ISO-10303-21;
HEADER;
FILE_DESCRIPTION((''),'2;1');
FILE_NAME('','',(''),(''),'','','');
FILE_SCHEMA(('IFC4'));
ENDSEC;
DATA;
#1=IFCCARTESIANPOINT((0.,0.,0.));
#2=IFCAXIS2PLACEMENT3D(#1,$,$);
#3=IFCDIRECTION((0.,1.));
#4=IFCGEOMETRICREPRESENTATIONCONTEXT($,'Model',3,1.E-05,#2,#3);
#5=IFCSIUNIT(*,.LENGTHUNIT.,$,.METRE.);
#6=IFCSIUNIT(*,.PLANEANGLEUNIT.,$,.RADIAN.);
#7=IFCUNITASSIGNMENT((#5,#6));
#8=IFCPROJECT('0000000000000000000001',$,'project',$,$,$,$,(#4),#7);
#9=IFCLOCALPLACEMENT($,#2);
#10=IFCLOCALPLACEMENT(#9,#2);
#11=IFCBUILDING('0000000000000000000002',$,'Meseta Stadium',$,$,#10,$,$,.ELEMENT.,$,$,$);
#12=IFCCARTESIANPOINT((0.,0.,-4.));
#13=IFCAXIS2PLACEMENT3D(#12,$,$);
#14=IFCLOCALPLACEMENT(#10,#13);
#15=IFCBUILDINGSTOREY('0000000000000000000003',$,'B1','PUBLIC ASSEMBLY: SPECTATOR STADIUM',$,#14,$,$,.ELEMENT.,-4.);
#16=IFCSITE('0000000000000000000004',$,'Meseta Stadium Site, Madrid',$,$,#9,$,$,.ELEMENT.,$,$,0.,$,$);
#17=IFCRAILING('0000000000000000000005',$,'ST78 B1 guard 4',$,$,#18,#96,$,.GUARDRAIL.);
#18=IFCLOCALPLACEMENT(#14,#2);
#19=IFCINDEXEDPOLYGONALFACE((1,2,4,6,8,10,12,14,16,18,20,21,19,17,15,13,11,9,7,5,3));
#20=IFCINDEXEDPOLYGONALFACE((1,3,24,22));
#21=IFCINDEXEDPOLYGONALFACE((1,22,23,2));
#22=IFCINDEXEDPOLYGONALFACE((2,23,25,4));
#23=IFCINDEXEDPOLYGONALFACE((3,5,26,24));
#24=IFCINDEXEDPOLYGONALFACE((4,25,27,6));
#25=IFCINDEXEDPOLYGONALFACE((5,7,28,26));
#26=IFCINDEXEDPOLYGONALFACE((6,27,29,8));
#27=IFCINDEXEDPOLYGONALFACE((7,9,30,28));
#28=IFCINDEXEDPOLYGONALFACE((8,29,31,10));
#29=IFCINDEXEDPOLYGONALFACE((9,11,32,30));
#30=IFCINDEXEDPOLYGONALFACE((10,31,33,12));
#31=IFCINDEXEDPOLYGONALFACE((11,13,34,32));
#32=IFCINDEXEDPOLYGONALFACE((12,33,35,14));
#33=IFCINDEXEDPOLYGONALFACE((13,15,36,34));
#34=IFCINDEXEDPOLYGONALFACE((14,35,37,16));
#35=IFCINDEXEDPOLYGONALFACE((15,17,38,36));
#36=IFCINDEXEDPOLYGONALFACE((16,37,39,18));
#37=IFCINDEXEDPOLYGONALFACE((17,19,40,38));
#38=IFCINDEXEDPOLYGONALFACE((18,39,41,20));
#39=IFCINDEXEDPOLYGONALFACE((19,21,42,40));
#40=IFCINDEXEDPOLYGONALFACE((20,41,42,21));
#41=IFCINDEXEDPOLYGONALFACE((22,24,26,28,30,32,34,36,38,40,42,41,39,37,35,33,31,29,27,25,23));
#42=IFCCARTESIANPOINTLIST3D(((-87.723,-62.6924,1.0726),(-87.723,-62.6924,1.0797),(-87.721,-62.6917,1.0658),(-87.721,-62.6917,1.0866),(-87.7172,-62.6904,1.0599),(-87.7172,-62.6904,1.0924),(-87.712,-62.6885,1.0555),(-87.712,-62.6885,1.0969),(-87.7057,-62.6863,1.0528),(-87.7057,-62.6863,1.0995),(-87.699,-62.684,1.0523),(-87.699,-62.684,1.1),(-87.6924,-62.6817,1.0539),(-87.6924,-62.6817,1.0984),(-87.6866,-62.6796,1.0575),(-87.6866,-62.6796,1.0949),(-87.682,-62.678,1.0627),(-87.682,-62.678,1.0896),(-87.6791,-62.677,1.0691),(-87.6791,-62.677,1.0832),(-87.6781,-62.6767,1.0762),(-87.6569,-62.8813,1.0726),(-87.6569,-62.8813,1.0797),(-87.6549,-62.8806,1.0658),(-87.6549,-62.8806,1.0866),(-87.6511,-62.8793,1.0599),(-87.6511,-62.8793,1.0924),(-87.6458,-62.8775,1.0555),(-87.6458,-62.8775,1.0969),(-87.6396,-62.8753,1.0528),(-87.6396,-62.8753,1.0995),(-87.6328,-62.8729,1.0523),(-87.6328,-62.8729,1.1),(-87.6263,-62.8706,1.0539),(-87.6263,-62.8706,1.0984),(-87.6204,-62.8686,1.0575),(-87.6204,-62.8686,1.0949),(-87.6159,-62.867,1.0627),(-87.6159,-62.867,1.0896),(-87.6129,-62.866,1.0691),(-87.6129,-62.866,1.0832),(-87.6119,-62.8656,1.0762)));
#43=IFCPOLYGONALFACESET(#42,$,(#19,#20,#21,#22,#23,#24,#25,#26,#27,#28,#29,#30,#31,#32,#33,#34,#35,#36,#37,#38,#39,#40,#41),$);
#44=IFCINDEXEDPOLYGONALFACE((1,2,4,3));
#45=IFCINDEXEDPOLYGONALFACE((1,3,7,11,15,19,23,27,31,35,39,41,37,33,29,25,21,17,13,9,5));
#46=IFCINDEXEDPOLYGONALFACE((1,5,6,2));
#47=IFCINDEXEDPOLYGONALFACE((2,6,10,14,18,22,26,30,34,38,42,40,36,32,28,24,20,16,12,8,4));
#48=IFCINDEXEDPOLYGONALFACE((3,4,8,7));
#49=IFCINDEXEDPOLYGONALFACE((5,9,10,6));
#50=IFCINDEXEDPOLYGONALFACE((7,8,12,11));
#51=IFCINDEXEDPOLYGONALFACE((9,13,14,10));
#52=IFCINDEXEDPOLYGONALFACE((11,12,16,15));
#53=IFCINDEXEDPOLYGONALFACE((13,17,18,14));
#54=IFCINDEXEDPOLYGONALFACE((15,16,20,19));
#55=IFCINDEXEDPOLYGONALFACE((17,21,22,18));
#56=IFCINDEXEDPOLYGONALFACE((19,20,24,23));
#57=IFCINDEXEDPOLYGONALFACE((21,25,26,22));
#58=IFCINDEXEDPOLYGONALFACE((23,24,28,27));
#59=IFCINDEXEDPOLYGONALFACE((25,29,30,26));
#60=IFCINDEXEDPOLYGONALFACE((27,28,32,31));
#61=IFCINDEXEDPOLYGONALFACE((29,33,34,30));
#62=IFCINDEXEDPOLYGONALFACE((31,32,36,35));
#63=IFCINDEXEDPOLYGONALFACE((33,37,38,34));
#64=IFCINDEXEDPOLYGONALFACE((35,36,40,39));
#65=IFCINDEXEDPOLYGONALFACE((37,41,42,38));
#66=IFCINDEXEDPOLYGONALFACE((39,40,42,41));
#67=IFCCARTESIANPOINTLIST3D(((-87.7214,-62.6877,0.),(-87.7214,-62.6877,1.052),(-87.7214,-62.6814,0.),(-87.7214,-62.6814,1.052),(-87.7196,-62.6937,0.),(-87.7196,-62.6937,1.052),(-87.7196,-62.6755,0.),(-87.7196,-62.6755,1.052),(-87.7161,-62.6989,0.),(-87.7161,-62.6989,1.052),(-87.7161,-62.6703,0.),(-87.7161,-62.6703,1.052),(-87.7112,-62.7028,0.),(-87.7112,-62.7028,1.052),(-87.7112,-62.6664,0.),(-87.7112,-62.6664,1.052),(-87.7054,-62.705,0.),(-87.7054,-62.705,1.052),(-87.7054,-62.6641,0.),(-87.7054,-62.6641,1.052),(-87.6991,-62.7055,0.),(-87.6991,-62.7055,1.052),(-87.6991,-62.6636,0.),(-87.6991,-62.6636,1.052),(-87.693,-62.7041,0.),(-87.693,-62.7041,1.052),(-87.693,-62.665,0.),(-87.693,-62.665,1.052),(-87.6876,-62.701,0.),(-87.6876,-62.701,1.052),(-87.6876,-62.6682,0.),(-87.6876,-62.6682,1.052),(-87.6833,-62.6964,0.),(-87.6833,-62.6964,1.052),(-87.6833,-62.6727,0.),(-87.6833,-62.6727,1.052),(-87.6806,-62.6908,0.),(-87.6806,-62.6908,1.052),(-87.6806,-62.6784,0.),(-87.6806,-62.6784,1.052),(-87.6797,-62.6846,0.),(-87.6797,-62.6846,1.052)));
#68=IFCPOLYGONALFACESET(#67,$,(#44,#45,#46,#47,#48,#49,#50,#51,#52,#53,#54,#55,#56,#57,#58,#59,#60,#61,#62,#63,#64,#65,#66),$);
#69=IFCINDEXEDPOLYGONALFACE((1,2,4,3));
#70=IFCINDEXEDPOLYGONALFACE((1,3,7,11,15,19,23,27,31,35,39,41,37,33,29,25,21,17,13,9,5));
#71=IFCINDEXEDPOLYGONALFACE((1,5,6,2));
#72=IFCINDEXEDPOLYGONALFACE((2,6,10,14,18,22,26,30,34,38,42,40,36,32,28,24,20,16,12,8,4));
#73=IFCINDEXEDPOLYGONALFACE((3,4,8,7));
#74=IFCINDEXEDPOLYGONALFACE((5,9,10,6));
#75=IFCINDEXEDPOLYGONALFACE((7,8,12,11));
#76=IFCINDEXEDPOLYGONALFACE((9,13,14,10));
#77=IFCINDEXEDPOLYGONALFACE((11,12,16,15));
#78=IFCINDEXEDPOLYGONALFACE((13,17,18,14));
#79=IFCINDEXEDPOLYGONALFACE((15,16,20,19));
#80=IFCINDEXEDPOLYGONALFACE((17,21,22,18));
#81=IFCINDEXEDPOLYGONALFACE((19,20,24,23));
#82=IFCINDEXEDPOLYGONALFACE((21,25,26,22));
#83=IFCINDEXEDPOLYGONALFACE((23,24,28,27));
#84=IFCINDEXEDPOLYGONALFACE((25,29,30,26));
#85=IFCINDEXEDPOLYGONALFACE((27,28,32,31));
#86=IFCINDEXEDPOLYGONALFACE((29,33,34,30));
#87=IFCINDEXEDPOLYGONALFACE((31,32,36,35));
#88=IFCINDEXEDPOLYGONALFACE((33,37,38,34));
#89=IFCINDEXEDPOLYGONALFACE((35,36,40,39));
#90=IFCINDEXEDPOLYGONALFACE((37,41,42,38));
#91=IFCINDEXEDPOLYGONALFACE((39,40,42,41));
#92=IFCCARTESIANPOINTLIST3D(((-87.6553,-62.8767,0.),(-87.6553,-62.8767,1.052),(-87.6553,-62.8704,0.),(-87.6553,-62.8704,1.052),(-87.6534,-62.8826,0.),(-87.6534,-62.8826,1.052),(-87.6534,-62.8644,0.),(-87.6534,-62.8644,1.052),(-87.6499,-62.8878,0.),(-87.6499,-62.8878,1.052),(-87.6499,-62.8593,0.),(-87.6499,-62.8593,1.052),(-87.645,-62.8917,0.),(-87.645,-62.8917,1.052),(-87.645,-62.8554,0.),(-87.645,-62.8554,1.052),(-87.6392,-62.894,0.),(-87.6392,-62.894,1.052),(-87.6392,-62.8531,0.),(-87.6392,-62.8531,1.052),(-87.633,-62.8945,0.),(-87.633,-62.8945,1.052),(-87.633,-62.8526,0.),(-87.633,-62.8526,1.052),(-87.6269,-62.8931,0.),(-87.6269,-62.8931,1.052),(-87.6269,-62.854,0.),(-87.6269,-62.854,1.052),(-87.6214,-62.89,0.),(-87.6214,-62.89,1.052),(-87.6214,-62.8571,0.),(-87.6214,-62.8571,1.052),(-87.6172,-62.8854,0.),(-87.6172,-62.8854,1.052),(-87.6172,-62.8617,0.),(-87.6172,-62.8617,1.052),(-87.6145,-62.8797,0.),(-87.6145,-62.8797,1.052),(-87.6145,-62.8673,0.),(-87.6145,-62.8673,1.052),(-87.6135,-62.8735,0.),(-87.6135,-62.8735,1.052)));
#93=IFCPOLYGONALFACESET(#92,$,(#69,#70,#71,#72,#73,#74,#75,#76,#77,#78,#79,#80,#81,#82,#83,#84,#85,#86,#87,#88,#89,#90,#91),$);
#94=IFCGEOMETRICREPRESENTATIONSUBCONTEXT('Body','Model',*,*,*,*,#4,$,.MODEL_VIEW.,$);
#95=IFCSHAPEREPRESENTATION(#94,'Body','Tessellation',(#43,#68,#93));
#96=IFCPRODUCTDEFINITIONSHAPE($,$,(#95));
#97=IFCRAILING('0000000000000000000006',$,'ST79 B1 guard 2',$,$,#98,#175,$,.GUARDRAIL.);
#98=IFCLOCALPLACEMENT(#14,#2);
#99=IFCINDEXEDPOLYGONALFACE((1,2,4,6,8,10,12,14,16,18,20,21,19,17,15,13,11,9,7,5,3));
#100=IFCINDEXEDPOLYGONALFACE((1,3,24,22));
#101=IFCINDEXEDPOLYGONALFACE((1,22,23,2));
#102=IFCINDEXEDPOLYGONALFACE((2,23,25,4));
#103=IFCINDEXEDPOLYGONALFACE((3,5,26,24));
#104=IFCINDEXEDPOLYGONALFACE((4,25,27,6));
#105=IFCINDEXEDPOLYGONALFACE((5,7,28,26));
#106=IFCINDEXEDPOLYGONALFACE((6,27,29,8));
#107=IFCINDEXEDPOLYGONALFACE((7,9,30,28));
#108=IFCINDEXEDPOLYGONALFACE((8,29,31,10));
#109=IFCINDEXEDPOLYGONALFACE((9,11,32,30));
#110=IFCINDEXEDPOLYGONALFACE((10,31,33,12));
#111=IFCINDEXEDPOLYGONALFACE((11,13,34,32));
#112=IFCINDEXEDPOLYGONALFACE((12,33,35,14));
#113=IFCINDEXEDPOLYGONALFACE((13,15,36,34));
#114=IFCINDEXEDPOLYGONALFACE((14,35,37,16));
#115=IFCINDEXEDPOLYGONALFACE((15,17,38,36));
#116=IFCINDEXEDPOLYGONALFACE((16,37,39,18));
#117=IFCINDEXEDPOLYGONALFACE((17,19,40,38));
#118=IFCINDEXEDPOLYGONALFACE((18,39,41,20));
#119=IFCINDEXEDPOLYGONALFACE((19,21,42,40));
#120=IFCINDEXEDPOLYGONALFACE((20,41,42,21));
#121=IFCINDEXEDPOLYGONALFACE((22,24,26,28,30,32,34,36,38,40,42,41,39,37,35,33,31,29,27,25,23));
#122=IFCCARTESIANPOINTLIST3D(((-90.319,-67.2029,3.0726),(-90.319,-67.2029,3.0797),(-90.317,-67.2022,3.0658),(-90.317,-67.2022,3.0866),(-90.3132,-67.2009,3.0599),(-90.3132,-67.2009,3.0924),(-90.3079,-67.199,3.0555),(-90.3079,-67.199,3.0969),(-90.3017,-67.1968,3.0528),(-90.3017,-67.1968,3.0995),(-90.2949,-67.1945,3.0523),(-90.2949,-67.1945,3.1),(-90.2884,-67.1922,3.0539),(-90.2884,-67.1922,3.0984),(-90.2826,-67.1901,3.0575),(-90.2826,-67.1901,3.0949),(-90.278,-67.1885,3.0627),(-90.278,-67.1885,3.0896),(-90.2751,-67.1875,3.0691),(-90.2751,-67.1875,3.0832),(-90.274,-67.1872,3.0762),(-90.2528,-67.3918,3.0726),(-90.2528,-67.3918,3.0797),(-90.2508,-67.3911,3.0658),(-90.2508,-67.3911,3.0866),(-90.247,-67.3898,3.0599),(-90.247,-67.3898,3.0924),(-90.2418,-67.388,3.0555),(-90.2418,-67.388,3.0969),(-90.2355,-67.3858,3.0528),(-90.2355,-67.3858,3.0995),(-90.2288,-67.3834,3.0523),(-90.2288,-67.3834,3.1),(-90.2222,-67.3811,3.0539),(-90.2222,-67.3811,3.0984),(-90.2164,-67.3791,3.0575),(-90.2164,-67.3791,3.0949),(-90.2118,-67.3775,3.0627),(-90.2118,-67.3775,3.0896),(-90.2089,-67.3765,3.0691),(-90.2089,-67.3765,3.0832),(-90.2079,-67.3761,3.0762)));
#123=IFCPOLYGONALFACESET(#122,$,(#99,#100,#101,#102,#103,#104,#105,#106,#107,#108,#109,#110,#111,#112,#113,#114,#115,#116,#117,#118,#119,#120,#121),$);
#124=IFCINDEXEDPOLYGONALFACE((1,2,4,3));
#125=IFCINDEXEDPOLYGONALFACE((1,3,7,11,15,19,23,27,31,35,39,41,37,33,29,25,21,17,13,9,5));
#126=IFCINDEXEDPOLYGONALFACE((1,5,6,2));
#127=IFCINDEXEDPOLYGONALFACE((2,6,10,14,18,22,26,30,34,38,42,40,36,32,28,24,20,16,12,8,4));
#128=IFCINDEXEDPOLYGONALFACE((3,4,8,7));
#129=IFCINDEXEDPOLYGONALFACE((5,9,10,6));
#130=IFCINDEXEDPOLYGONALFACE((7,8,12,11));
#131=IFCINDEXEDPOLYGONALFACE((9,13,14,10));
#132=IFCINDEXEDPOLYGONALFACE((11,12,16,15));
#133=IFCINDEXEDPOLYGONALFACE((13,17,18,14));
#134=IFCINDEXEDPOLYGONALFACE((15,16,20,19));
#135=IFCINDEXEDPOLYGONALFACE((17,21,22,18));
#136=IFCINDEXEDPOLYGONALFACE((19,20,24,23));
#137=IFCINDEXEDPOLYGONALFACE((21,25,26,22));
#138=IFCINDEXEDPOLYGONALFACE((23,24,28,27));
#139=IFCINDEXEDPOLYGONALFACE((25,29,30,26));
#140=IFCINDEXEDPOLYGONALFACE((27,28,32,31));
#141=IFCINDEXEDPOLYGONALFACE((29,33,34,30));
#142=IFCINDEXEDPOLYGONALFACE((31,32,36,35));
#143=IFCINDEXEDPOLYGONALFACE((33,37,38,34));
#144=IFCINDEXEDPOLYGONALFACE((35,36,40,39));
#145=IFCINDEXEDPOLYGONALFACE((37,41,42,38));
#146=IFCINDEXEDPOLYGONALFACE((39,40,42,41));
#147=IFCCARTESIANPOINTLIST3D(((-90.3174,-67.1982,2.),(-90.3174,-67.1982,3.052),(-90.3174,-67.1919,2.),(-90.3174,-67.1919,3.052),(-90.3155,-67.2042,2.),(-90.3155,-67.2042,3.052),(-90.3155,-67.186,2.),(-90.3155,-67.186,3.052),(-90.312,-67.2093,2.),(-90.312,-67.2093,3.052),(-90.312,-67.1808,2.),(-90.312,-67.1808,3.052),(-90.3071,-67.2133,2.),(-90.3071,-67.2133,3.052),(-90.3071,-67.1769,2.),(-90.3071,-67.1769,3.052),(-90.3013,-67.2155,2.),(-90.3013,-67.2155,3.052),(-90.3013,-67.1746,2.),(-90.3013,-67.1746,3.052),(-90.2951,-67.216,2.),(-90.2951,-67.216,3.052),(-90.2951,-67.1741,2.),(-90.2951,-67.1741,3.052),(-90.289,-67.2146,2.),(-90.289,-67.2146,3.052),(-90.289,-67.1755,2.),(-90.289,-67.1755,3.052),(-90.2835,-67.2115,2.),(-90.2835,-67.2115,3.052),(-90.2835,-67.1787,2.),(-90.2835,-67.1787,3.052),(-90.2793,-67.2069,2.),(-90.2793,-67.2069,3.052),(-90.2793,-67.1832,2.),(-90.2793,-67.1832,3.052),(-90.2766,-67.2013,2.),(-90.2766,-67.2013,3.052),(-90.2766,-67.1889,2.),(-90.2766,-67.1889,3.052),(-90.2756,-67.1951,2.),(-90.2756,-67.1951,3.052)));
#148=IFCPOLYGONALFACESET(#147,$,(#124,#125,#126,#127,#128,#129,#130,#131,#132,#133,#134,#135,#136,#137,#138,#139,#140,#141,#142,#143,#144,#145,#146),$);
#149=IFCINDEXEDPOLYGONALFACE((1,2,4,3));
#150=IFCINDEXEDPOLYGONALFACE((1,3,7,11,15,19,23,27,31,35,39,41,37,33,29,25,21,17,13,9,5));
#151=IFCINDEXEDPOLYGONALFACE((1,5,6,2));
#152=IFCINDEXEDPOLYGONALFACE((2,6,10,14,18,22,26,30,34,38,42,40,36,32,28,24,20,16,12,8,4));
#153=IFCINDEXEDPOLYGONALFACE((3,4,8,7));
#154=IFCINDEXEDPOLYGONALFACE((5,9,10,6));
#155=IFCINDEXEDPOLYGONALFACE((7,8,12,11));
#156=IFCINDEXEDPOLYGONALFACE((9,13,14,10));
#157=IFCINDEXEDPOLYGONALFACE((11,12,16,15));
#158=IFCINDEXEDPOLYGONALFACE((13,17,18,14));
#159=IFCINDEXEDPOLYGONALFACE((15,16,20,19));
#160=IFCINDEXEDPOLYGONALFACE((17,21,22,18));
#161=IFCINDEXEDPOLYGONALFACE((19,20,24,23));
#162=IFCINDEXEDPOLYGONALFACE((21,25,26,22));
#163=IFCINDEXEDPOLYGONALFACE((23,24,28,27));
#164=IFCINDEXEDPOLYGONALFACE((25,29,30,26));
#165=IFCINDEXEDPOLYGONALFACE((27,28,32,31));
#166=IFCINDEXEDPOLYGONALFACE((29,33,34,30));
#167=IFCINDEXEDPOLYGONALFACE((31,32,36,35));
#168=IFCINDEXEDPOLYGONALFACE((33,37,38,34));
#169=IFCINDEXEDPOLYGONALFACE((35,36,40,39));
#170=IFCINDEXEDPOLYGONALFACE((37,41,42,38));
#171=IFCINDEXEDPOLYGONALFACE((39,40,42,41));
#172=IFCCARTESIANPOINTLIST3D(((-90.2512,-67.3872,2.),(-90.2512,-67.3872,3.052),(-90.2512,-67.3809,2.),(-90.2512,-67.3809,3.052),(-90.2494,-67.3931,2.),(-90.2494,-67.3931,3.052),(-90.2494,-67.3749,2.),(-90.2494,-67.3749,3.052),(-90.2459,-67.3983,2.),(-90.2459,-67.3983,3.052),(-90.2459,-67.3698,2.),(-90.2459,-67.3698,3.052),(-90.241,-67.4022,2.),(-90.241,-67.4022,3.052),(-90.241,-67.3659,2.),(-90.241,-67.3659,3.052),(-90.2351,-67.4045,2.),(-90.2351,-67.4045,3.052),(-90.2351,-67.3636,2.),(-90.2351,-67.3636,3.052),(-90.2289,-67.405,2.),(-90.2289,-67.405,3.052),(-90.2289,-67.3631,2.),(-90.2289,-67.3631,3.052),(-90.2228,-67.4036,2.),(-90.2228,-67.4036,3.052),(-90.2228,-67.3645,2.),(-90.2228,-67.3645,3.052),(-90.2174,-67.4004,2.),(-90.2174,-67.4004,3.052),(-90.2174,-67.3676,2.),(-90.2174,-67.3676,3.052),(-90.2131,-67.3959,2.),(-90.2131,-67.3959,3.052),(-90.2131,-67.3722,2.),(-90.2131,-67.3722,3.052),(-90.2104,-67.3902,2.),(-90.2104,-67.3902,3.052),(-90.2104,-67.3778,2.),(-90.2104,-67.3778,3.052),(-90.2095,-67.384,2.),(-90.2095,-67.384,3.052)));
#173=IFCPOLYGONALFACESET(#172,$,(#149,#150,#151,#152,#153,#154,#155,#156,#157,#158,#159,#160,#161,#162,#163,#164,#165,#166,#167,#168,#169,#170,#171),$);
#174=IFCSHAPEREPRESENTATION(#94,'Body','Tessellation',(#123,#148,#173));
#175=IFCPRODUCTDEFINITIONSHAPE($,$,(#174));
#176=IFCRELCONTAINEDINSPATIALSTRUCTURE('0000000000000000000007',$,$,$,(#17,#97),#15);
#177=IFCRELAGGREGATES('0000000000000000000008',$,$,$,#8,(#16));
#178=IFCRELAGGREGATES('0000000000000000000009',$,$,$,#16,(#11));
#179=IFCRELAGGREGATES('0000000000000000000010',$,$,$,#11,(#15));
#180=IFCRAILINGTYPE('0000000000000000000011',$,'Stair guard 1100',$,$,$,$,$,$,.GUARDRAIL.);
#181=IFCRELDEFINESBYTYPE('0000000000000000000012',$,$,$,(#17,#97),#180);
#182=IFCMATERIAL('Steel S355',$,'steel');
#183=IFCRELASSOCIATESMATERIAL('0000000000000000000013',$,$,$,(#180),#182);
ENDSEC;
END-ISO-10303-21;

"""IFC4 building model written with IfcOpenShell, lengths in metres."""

from ifc_helpers import new_model, si_unit, direction, frame, origin, origin_2d, place, context, subcontext, project, spatial, circle, extrude, material, type_object, element, save


model = new_model("IFC4")

# Units and contexts
model_context = context("Model", 3, precision=1e-05, world=origin(), true_north=direction((0.0, 1.0)))
body_context = subcontext(model_context, "Body", "Model", "MODEL_VIEW")
ifc_project = project(units=[si_unit("LENGTHUNIT", "METRE"), si_unit("PLANEANGLEUNIT", "RADIAN")], contexts=[model_context])

# Site, building, storey
site_placement = place(None, origin())
site = spatial("IfcSite", under=ifc_project, at=site_placement, Name="Meseta Stadium Site, Madrid", CompositionType="ELEMENT", RefElevation=0.0)
building_placement = place(site_placement, origin())
building = spatial("IfcBuilding", under=site, at=building_placement, Name="Meseta Stadium", CompositionType="ELEMENT")
storey_placement = place(building_placement, frame((0.0, 0.0, -4.0)))
storey = spatial("IfcBuildingStorey", under=building, at=storey_placement, Name="B1", Description="PUBLIC ASSEMBLY: SPECTATOR STADIUM", CompositionType="ELEMENT", Elevation=-4.0)

# Railings
ifc_material_1 = material(Name="Steel S355", Category="steel")
railing_type_1 = type_object("IfcRailingType", Name="Stair guard 1100", PredefinedType="GUARDRAIL", material=ifc_material_1)
for number, where, name in (
    (1, (-87.7007, -62.6846, 0.0), "ST78 B1 guard 4"),
    (2, (-90.2966, -67.1951, 2.0), "ST79 B1 guard 2"),
):
    element("IfcRailing", number, at=place(storey_placement, frame(where)), inside=storey, type_object=railing_type_1, Name=name, PredefinedType="GUARDRAIL", context=body_context, shape_type="SweptSolid", body=[
        extrude(circle(Radius=0.0239, at=origin_2d()), frame((0.0, 0.0, 1.0762), z_axis=(0.330459, -0.94382, 0.0), x_axis=(0.94382, 0.330459, 0.0)), (0.0, 0.0, 1.0), 0.2002),
        extrude(circle(Radius=0.021, at=origin_2d()), origin(), (0.0, 0.0, 1.0), 1.052),
        extrude(circle(Radius=0.021, at=origin_2d()), frame((0.0662, -0.189, 0.0)), (0.0, 0.0, 1.0), 1.052),
    ])

save(model, "model.ifc")
